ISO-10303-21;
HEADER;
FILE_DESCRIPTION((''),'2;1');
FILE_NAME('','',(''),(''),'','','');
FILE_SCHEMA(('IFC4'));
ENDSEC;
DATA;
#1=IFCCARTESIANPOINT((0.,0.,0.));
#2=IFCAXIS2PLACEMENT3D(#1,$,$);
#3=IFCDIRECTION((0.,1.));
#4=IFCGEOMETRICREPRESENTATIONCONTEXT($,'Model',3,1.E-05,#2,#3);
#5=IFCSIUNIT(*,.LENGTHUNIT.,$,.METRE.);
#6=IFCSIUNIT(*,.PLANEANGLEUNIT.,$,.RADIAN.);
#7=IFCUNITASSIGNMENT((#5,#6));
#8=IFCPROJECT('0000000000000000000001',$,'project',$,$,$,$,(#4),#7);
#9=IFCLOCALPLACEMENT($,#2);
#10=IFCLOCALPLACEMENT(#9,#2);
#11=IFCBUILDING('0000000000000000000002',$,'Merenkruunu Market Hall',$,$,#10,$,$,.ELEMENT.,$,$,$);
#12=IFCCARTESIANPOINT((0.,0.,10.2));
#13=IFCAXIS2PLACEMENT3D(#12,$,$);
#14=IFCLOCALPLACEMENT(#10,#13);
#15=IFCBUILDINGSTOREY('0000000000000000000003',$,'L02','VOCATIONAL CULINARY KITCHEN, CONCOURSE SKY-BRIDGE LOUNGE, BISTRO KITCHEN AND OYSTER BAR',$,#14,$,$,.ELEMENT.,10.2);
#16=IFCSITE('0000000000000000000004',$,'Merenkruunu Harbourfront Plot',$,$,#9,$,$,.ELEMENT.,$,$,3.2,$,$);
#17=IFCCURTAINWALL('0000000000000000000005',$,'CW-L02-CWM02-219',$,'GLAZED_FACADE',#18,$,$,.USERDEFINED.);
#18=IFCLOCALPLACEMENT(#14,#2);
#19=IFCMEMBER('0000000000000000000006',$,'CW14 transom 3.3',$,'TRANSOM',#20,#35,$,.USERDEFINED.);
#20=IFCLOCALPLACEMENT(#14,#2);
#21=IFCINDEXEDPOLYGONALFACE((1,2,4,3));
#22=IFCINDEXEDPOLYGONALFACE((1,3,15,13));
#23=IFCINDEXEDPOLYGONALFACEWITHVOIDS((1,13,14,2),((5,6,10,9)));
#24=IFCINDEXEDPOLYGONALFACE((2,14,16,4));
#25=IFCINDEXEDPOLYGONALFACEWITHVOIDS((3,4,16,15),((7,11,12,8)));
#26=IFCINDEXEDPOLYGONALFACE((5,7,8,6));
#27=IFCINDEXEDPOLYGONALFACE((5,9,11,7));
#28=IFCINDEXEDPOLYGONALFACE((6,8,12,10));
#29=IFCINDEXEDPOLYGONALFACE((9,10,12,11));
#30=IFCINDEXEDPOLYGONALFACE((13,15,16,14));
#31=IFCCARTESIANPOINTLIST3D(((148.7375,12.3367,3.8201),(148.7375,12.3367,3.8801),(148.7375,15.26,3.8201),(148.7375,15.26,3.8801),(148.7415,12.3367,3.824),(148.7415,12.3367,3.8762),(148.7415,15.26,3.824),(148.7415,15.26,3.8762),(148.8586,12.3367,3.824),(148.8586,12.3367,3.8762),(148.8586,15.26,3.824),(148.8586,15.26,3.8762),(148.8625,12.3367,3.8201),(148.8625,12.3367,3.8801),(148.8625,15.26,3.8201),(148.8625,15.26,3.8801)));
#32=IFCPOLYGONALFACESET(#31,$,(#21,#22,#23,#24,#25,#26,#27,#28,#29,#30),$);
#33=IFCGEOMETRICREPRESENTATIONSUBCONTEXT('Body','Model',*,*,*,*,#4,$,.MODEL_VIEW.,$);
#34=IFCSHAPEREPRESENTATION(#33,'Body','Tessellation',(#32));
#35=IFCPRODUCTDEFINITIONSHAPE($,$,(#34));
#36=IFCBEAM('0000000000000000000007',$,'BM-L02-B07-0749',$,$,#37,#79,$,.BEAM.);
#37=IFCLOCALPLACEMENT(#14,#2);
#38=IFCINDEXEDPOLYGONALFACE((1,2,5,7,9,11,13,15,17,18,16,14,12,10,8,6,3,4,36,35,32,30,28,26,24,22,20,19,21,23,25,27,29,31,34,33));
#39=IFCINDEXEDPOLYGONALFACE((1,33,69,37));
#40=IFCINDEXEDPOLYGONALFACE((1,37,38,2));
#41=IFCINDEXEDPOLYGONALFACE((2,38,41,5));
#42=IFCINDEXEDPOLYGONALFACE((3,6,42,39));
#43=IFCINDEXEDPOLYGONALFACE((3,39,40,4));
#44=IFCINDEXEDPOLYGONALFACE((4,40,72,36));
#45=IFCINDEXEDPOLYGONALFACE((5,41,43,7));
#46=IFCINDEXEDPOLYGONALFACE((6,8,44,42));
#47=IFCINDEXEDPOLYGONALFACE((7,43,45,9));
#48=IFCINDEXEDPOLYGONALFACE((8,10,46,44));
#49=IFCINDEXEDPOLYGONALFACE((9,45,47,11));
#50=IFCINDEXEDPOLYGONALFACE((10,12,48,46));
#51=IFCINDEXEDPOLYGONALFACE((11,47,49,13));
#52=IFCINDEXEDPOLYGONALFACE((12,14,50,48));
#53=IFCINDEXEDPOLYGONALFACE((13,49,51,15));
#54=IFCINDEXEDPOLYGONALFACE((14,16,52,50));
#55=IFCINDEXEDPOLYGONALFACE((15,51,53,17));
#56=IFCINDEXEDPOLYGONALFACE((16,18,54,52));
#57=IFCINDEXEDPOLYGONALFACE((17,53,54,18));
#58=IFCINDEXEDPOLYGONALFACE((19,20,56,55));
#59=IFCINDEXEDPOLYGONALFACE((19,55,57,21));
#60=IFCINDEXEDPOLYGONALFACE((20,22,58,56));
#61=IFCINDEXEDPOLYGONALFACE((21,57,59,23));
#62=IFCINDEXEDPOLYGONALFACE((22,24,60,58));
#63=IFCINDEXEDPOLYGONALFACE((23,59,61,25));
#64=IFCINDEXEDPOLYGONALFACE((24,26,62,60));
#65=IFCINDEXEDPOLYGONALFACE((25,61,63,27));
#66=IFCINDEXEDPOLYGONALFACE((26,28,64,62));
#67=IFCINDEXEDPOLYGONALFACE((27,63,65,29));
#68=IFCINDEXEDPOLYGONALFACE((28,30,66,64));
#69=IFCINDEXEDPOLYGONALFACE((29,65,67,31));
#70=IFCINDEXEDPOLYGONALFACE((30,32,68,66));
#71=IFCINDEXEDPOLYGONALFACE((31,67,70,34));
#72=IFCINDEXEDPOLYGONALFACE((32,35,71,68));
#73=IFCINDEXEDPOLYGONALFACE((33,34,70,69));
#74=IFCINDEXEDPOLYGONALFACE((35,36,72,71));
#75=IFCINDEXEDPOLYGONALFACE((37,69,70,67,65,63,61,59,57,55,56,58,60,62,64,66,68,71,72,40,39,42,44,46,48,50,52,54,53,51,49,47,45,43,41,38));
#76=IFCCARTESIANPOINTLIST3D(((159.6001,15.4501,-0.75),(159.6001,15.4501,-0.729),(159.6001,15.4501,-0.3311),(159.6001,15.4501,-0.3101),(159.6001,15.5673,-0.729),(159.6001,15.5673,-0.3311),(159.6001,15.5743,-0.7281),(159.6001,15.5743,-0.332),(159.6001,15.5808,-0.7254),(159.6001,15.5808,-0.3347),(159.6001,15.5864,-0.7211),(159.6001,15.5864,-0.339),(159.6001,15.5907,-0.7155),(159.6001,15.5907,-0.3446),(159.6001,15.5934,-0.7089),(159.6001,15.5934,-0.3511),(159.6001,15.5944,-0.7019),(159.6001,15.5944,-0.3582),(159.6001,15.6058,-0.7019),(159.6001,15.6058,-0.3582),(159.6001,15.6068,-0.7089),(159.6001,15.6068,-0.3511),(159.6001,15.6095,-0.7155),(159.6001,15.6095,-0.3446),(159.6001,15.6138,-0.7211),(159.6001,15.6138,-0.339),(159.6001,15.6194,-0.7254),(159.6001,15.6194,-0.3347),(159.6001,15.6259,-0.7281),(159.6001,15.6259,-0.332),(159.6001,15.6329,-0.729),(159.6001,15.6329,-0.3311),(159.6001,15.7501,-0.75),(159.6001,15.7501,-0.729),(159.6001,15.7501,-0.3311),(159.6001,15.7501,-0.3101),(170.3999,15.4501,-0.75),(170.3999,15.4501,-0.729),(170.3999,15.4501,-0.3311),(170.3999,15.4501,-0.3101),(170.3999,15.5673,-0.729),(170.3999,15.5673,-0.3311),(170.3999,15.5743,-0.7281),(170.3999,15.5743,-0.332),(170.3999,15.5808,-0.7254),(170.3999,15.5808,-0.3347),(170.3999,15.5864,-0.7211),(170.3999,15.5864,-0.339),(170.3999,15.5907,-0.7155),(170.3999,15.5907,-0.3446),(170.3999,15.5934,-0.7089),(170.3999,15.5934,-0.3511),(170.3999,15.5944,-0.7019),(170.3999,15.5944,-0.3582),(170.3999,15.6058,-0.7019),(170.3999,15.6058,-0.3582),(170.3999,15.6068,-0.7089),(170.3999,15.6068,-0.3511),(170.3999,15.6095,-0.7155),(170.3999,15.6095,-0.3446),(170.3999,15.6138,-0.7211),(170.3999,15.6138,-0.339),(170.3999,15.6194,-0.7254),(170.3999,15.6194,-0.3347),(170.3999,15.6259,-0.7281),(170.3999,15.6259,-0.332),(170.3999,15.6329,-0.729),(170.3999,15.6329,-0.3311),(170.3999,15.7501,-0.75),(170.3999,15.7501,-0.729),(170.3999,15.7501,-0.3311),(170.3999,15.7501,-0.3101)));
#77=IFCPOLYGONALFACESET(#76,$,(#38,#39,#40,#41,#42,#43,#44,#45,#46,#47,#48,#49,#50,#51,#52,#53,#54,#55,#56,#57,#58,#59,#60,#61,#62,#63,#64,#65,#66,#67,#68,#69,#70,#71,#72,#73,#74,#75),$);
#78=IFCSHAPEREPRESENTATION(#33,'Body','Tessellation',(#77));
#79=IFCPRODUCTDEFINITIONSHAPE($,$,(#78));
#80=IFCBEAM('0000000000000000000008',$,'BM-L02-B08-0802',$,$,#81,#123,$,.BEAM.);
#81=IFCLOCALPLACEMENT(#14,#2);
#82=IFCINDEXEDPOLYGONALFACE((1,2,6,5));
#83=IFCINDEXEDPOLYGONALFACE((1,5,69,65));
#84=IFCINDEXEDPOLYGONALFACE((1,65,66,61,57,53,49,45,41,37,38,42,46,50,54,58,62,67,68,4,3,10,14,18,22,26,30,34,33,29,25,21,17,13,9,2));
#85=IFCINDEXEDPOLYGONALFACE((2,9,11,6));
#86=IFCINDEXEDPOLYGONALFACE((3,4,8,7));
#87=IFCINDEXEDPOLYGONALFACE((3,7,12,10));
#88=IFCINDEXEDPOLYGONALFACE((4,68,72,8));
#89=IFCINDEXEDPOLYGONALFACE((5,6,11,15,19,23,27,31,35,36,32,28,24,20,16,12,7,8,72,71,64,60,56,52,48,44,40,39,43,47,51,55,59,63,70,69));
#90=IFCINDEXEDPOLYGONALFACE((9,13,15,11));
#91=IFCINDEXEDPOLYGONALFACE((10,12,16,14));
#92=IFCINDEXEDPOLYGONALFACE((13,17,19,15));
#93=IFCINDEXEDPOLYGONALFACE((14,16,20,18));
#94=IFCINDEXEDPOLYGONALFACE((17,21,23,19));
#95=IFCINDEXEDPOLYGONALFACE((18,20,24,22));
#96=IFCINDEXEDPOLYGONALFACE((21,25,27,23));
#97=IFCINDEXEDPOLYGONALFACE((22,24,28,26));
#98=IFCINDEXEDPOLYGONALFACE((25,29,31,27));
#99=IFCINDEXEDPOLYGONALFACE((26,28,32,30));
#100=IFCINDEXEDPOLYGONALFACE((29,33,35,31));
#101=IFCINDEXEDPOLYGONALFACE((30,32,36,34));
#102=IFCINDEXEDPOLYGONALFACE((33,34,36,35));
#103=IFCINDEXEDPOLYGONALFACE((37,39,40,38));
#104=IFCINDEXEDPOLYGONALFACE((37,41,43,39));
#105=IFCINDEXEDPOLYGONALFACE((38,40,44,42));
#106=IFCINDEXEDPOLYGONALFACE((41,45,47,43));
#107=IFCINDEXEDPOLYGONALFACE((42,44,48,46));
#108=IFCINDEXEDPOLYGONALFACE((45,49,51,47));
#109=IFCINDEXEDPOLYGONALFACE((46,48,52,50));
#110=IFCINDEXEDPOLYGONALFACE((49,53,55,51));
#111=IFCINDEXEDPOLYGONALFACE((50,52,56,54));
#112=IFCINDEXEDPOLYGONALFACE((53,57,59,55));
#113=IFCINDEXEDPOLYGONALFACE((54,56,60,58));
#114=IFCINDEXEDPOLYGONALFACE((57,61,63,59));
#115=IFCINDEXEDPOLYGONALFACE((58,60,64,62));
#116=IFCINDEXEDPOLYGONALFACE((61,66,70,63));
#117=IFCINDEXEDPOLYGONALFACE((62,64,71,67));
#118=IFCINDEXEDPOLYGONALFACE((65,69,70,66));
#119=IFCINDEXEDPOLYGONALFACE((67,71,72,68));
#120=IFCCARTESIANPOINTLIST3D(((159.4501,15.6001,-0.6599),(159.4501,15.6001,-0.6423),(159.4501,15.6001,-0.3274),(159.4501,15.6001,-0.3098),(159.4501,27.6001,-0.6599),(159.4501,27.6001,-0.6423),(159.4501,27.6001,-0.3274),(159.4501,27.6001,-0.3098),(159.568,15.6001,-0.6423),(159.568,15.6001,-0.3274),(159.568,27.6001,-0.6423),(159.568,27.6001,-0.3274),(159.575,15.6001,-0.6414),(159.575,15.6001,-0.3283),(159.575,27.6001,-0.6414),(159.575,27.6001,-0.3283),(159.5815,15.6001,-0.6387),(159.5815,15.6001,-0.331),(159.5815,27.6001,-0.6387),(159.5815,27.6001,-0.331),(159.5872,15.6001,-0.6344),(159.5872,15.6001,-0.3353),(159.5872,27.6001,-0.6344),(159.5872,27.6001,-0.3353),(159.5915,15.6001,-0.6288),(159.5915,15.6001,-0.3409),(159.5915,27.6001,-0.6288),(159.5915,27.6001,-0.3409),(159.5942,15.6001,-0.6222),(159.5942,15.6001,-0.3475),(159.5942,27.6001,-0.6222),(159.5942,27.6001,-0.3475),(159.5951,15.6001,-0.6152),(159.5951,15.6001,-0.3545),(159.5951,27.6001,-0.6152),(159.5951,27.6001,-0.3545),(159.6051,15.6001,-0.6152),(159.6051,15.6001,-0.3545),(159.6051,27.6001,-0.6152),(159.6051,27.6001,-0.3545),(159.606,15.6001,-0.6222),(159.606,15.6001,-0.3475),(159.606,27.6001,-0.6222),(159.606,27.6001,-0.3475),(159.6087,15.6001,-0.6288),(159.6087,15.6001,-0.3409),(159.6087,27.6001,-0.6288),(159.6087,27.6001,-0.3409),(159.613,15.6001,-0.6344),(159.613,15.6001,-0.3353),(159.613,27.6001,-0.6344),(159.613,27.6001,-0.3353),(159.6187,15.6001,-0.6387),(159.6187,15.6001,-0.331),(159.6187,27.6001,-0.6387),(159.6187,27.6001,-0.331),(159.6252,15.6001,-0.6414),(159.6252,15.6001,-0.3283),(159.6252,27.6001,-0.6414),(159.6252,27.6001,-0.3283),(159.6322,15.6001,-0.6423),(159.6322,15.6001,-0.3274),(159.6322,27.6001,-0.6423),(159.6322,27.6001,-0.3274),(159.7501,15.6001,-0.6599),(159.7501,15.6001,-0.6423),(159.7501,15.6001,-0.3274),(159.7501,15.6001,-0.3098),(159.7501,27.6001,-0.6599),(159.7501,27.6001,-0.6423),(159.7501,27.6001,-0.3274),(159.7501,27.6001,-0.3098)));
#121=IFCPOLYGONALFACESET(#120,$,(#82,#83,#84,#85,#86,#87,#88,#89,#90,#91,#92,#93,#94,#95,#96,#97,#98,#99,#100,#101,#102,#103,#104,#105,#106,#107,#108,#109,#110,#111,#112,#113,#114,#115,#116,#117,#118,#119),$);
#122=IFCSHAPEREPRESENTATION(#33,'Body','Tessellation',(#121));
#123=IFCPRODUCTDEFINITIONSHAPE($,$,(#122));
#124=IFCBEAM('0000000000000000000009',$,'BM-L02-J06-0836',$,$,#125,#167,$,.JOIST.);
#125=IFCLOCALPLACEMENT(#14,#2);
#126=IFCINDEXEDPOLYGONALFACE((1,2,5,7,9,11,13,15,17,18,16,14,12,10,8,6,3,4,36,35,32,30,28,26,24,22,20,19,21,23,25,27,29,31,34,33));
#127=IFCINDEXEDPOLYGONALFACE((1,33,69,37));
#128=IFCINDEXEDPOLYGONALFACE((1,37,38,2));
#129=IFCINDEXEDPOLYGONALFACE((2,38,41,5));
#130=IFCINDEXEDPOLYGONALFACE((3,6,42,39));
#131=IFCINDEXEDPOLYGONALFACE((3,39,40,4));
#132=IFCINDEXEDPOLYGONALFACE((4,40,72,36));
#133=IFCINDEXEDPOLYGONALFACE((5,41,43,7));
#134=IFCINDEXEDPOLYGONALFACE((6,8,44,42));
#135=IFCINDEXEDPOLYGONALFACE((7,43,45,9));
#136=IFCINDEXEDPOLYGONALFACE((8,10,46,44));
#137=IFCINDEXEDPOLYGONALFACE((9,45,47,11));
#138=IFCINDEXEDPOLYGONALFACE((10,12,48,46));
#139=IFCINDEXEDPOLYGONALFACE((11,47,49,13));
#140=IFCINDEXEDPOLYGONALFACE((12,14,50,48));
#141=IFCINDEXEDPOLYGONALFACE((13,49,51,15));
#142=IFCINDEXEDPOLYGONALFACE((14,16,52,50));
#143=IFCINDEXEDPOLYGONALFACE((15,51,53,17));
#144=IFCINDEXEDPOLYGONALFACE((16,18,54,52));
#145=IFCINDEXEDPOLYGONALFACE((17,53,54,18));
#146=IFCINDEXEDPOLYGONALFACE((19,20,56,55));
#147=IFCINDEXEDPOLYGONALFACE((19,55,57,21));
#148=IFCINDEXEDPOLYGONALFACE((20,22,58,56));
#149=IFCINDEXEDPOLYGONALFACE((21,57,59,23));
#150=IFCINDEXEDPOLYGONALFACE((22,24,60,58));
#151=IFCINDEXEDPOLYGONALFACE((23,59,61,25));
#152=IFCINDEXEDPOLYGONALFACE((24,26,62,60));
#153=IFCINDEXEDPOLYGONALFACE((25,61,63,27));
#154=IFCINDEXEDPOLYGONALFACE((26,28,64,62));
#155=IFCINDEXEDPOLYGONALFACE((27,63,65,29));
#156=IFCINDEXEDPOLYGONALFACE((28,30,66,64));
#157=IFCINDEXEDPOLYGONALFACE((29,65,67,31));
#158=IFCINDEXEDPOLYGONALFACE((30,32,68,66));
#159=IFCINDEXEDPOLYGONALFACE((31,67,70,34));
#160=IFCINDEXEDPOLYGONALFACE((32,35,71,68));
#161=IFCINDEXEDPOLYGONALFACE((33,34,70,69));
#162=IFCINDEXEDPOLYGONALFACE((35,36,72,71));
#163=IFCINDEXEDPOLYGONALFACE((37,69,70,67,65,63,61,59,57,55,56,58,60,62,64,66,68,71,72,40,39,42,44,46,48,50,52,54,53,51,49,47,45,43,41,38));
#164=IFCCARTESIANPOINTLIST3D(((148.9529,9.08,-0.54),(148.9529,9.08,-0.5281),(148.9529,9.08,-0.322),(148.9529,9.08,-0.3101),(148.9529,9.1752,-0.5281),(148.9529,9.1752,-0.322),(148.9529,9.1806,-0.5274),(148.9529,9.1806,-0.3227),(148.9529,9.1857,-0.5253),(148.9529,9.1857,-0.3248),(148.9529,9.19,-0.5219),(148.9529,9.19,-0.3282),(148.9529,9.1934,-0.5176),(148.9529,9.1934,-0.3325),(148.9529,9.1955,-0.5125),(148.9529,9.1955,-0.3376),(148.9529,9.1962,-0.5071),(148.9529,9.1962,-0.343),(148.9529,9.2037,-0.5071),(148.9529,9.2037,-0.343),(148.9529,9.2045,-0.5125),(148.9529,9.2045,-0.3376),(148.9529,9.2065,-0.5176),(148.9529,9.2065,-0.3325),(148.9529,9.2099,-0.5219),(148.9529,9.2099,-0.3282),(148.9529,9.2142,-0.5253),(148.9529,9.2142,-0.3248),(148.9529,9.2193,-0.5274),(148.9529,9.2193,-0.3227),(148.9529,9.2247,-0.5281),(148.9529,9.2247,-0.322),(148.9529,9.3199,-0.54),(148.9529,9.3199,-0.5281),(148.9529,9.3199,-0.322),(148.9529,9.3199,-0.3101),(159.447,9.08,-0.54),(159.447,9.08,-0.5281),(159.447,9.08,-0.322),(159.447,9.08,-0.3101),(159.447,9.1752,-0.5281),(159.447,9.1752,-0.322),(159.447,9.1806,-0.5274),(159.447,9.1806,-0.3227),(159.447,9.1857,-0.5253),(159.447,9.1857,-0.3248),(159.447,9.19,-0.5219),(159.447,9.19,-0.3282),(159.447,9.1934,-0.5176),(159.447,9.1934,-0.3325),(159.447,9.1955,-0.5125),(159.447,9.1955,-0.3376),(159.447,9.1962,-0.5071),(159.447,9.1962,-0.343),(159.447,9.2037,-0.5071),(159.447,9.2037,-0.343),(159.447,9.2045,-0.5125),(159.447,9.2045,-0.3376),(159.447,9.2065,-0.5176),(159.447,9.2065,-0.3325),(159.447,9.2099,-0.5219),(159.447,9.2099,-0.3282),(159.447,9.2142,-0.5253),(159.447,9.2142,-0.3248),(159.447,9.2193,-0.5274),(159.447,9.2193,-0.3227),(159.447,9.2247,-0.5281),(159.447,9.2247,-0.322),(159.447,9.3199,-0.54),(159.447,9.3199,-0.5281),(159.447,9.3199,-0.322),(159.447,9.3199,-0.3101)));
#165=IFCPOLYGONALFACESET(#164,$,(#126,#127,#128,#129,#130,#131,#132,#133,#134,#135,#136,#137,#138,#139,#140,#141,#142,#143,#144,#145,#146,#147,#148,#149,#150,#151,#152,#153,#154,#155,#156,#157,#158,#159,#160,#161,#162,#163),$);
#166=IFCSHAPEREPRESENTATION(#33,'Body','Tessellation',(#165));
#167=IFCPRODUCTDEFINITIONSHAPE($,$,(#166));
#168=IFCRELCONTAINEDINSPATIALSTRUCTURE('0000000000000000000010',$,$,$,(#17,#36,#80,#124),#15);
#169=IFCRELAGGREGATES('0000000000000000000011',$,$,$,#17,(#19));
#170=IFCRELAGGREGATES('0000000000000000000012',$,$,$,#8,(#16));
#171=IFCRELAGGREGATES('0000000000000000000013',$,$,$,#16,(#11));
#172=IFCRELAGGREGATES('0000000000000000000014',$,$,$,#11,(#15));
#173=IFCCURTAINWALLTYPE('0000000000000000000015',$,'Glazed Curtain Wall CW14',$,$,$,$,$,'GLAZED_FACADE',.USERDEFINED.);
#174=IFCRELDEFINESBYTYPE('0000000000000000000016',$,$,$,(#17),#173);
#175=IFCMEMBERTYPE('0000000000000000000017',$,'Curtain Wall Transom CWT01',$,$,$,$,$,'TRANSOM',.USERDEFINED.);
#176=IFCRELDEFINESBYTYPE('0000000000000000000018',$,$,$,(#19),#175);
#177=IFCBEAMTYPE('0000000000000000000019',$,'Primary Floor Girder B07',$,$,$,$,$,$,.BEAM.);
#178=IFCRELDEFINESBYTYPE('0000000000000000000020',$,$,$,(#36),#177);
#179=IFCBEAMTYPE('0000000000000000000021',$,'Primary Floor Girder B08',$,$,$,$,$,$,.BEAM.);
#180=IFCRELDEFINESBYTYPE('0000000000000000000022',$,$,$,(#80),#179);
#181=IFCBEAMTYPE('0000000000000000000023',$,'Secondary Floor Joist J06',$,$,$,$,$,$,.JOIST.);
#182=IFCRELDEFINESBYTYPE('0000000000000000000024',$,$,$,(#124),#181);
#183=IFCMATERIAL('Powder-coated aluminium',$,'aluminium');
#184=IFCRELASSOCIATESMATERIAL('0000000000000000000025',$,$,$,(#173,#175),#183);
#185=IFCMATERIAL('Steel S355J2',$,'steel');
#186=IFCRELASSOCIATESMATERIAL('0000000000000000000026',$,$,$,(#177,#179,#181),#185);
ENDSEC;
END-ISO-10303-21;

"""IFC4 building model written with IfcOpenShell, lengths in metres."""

from ifc_helpers import new_model, si_unit, direction, frame, origin, origin_2d, place, context, subcontext, project, spatial, hollow_rectangle, i_section, extrude, material, material_profile, profile_set, type_object, element, aggregate, save


model = new_model("IFC4")

# Units and contexts
model_context = context("Model", 3, precision=1e-05, world=origin(), true_north=direction((0.0, 1.0)))
body_context = subcontext(model_context, "Body", "Model", "MODEL_VIEW")
ifc_project = project(units=[si_unit("LENGTHUNIT", "METRE"), si_unit("PLANEANGLEUNIT", "RADIAN")], contexts=[model_context])

# Site, building, storey
site_placement = place(None, origin())
site = spatial("IfcSite", under=ifc_project, at=site_placement, Name="Merenkruunu Harbourfront Plot", CompositionType="ELEMENT", RefElevation=3.2)
building_placement = place(site_placement, origin())
building = spatial("IfcBuilding", under=site, at=building_placement, Name="Merenkruunu Market Hall", CompositionType="ELEMENT")
storey_placement = place(building_placement, frame((0.0, 0.0, 10.2)))
storey = spatial("IfcBuildingStorey", under=building, at=storey_placement, Name="L02", Description="VOCATIONAL CULINARY KITCHEN, CONCOURSE SKY-BRIDGE LOUNGE, BISTRO KITCHEN AND OYSTER BAR", CompositionType="ELEMENT", Elevation=10.2)

# Shared definitions
ifc_material_1 = material(Name="Steel S355J2", Category="steel")

# Curtain wall, member
ifc_material_2 = material(Name="Powder-coated aluminium", Category="aluminium")
curtain_wall_type = type_object("IfcCurtainWallType", Name="Glazed Curtain Wall CW14", ElementType="GLAZED_FACADE", PredefinedType="USERDEFINED", material=ifc_material_2)
curtain_wall_placement = place(storey_placement, origin())
curtain_wall = element("IfcCurtainWall", 1, at=curtain_wall_placement, inside=storey, type_object=curtain_wall_type, Name="CW-L02-CWM02-219", ObjectType="GLAZED_FACADE", PredefinedType="USERDEFINED")
ifc_material_profile_1 = material_profile(ifc_material_2, hollow_rectangle(XDim=0.0601, YDim=0.125, WallThickness=0.0039, at=origin_2d()), Name="ALU 60x125x4")
ifc_profile_set_1 = profile_set([ifc_material_profile_1], Name="Powder-coated aluminium")
member_type = type_object("IfcMemberType", Name="Curtain Wall Transom CWT01", ElementType="TRANSOM", PredefinedType="USERDEFINED", material=ifc_profile_set_1)
member_1_placement = place(storey_placement, frame((148.8, 12.3367, 3.8501), z_axis=(0.0, 1.0, 0.0), x_axis=(0.0, 0.0, 1.0)))
member_1 = element("IfcMember", 2, at=member_1_placement, type_object=member_type, Name="CW14 transom 3.3", ObjectType="TRANSOM", PredefinedType="USERDEFINED", context=body_context, shape_type="SweptSolid", body=[
    extrude(hollow_rectangle(XDim=0.0601, YDim=0.125, WallThickness=0.0039, at=origin_2d()), origin(), (0.0, 0.0, 1.0), 2.9233),
])

# Beams
ifc_material_profile_2 = material_profile(ifc_material_1, i_section(OverallWidth=0.3, OverallDepth=0.4399, WebThickness=0.0115, FlangeThickness=0.021, FilletRadius=0.0271, at=origin_2d()), Name="HEA 450")
ifc_profile_set_2 = profile_set([ifc_material_profile_2], Name="Steel S355J2")
beam_type_1 = type_object("IfcBeamType", Name="Primary Floor Girder B07", PredefinedType="BEAM", material=ifc_profile_set_2)
beam_1_placement = place(storey_placement, frame((159.6001, 15.6001, -0.53), z_axis=(1.0, 0.0, 0.0), x_axis=(0.0, 1.0, 0.0)))
element("IfcBeam", 3, at=beam_1_placement, inside=storey, type_object=beam_type_1, Name="BM-L02-B07-0749", PredefinedType="BEAM", context=body_context, shape_type="SweptSolid", body=[
    extrude(i_section(OverallWidth=0.3, OverallDepth=0.4399, WebThickness=0.0115, FlangeThickness=0.021, FilletRadius=0.0271, at=origin_2d()), origin(), (0.0, 0.0, 1.0), 10.7998),
])
ifc_material_profile_3 = material_profile(ifc_material_1, i_section(OverallWidth=0.3, OverallDepth=0.3501, WebThickness=0.01, FlangeThickness=0.0176, FilletRadius=0.0271, at=origin_2d()), Name="HEA 360")
ifc_profile_set_3 = profile_set([ifc_material_profile_3], Name="Steel S355J2")
beam_type_2 = type_object("IfcBeamType", Name="Primary Floor Girder B08", PredefinedType="BEAM", material=ifc_profile_set_3)
beam_2_placement = place(storey_placement, frame((159.6001, 15.6001, -0.4849), z_axis=(0.0, 1.0, 0.0), x_axis=(-1.0, 0.0, 0.0)))
element("IfcBeam", 4, at=beam_2_placement, inside=storey, type_object=beam_type_2, Name="BM-L02-B08-0802", PredefinedType="BEAM", context=body_context, shape_type="SweptSolid", body=[
    extrude(i_section(OverallWidth=0.3, OverallDepth=0.3501, WebThickness=0.01, FlangeThickness=0.0176, FilletRadius=0.0271, at=origin_2d()), origin(), (0.0, 0.0, 1.0), 12.0),
])
ifc_material_profile_4 = material_profile(ifc_material_1, i_section(OverallWidth=0.24, OverallDepth=0.23, WebThickness=0.0076, FlangeThickness=0.012, FilletRadius=0.021, at=origin_2d()), Name="HEA 240")
ifc_profile_set_4 = profile_set([ifc_material_profile_4], Name="Steel S355J2")
beam_type_3 = type_object("IfcBeamType", Name="Secondary Floor Joist J06", PredefinedType="JOIST", material=ifc_profile_set_4)
for number, where, z_axis, x_axis, name in (
    (5, (148.9529, 9.2, -0.425), (1.0, 0.0, 0.0), (0.0, 1.0, 0.0), "BM-L02-J06-0836"),
):
    element("IfcBeam", number, at=place(storey_placement, frame(where, z_axis=z_axis, x_axis=x_axis)), inside=storey, type_object=beam_type_3, Name=name, PredefinedType="JOIST", context=body_context, shape_type="SweptSolid", body=[
        extrude(i_section(OverallWidth=0.24, OverallDepth=0.23, WebThickness=0.0076, FlangeThickness=0.012, FilletRadius=0.021, at=origin_2d()), origin(), (0.0, 0.0, 1.0), 10.4941),
    ])

aggregate(curtain_wall, [member_1])

save(model, "model.ifc")
